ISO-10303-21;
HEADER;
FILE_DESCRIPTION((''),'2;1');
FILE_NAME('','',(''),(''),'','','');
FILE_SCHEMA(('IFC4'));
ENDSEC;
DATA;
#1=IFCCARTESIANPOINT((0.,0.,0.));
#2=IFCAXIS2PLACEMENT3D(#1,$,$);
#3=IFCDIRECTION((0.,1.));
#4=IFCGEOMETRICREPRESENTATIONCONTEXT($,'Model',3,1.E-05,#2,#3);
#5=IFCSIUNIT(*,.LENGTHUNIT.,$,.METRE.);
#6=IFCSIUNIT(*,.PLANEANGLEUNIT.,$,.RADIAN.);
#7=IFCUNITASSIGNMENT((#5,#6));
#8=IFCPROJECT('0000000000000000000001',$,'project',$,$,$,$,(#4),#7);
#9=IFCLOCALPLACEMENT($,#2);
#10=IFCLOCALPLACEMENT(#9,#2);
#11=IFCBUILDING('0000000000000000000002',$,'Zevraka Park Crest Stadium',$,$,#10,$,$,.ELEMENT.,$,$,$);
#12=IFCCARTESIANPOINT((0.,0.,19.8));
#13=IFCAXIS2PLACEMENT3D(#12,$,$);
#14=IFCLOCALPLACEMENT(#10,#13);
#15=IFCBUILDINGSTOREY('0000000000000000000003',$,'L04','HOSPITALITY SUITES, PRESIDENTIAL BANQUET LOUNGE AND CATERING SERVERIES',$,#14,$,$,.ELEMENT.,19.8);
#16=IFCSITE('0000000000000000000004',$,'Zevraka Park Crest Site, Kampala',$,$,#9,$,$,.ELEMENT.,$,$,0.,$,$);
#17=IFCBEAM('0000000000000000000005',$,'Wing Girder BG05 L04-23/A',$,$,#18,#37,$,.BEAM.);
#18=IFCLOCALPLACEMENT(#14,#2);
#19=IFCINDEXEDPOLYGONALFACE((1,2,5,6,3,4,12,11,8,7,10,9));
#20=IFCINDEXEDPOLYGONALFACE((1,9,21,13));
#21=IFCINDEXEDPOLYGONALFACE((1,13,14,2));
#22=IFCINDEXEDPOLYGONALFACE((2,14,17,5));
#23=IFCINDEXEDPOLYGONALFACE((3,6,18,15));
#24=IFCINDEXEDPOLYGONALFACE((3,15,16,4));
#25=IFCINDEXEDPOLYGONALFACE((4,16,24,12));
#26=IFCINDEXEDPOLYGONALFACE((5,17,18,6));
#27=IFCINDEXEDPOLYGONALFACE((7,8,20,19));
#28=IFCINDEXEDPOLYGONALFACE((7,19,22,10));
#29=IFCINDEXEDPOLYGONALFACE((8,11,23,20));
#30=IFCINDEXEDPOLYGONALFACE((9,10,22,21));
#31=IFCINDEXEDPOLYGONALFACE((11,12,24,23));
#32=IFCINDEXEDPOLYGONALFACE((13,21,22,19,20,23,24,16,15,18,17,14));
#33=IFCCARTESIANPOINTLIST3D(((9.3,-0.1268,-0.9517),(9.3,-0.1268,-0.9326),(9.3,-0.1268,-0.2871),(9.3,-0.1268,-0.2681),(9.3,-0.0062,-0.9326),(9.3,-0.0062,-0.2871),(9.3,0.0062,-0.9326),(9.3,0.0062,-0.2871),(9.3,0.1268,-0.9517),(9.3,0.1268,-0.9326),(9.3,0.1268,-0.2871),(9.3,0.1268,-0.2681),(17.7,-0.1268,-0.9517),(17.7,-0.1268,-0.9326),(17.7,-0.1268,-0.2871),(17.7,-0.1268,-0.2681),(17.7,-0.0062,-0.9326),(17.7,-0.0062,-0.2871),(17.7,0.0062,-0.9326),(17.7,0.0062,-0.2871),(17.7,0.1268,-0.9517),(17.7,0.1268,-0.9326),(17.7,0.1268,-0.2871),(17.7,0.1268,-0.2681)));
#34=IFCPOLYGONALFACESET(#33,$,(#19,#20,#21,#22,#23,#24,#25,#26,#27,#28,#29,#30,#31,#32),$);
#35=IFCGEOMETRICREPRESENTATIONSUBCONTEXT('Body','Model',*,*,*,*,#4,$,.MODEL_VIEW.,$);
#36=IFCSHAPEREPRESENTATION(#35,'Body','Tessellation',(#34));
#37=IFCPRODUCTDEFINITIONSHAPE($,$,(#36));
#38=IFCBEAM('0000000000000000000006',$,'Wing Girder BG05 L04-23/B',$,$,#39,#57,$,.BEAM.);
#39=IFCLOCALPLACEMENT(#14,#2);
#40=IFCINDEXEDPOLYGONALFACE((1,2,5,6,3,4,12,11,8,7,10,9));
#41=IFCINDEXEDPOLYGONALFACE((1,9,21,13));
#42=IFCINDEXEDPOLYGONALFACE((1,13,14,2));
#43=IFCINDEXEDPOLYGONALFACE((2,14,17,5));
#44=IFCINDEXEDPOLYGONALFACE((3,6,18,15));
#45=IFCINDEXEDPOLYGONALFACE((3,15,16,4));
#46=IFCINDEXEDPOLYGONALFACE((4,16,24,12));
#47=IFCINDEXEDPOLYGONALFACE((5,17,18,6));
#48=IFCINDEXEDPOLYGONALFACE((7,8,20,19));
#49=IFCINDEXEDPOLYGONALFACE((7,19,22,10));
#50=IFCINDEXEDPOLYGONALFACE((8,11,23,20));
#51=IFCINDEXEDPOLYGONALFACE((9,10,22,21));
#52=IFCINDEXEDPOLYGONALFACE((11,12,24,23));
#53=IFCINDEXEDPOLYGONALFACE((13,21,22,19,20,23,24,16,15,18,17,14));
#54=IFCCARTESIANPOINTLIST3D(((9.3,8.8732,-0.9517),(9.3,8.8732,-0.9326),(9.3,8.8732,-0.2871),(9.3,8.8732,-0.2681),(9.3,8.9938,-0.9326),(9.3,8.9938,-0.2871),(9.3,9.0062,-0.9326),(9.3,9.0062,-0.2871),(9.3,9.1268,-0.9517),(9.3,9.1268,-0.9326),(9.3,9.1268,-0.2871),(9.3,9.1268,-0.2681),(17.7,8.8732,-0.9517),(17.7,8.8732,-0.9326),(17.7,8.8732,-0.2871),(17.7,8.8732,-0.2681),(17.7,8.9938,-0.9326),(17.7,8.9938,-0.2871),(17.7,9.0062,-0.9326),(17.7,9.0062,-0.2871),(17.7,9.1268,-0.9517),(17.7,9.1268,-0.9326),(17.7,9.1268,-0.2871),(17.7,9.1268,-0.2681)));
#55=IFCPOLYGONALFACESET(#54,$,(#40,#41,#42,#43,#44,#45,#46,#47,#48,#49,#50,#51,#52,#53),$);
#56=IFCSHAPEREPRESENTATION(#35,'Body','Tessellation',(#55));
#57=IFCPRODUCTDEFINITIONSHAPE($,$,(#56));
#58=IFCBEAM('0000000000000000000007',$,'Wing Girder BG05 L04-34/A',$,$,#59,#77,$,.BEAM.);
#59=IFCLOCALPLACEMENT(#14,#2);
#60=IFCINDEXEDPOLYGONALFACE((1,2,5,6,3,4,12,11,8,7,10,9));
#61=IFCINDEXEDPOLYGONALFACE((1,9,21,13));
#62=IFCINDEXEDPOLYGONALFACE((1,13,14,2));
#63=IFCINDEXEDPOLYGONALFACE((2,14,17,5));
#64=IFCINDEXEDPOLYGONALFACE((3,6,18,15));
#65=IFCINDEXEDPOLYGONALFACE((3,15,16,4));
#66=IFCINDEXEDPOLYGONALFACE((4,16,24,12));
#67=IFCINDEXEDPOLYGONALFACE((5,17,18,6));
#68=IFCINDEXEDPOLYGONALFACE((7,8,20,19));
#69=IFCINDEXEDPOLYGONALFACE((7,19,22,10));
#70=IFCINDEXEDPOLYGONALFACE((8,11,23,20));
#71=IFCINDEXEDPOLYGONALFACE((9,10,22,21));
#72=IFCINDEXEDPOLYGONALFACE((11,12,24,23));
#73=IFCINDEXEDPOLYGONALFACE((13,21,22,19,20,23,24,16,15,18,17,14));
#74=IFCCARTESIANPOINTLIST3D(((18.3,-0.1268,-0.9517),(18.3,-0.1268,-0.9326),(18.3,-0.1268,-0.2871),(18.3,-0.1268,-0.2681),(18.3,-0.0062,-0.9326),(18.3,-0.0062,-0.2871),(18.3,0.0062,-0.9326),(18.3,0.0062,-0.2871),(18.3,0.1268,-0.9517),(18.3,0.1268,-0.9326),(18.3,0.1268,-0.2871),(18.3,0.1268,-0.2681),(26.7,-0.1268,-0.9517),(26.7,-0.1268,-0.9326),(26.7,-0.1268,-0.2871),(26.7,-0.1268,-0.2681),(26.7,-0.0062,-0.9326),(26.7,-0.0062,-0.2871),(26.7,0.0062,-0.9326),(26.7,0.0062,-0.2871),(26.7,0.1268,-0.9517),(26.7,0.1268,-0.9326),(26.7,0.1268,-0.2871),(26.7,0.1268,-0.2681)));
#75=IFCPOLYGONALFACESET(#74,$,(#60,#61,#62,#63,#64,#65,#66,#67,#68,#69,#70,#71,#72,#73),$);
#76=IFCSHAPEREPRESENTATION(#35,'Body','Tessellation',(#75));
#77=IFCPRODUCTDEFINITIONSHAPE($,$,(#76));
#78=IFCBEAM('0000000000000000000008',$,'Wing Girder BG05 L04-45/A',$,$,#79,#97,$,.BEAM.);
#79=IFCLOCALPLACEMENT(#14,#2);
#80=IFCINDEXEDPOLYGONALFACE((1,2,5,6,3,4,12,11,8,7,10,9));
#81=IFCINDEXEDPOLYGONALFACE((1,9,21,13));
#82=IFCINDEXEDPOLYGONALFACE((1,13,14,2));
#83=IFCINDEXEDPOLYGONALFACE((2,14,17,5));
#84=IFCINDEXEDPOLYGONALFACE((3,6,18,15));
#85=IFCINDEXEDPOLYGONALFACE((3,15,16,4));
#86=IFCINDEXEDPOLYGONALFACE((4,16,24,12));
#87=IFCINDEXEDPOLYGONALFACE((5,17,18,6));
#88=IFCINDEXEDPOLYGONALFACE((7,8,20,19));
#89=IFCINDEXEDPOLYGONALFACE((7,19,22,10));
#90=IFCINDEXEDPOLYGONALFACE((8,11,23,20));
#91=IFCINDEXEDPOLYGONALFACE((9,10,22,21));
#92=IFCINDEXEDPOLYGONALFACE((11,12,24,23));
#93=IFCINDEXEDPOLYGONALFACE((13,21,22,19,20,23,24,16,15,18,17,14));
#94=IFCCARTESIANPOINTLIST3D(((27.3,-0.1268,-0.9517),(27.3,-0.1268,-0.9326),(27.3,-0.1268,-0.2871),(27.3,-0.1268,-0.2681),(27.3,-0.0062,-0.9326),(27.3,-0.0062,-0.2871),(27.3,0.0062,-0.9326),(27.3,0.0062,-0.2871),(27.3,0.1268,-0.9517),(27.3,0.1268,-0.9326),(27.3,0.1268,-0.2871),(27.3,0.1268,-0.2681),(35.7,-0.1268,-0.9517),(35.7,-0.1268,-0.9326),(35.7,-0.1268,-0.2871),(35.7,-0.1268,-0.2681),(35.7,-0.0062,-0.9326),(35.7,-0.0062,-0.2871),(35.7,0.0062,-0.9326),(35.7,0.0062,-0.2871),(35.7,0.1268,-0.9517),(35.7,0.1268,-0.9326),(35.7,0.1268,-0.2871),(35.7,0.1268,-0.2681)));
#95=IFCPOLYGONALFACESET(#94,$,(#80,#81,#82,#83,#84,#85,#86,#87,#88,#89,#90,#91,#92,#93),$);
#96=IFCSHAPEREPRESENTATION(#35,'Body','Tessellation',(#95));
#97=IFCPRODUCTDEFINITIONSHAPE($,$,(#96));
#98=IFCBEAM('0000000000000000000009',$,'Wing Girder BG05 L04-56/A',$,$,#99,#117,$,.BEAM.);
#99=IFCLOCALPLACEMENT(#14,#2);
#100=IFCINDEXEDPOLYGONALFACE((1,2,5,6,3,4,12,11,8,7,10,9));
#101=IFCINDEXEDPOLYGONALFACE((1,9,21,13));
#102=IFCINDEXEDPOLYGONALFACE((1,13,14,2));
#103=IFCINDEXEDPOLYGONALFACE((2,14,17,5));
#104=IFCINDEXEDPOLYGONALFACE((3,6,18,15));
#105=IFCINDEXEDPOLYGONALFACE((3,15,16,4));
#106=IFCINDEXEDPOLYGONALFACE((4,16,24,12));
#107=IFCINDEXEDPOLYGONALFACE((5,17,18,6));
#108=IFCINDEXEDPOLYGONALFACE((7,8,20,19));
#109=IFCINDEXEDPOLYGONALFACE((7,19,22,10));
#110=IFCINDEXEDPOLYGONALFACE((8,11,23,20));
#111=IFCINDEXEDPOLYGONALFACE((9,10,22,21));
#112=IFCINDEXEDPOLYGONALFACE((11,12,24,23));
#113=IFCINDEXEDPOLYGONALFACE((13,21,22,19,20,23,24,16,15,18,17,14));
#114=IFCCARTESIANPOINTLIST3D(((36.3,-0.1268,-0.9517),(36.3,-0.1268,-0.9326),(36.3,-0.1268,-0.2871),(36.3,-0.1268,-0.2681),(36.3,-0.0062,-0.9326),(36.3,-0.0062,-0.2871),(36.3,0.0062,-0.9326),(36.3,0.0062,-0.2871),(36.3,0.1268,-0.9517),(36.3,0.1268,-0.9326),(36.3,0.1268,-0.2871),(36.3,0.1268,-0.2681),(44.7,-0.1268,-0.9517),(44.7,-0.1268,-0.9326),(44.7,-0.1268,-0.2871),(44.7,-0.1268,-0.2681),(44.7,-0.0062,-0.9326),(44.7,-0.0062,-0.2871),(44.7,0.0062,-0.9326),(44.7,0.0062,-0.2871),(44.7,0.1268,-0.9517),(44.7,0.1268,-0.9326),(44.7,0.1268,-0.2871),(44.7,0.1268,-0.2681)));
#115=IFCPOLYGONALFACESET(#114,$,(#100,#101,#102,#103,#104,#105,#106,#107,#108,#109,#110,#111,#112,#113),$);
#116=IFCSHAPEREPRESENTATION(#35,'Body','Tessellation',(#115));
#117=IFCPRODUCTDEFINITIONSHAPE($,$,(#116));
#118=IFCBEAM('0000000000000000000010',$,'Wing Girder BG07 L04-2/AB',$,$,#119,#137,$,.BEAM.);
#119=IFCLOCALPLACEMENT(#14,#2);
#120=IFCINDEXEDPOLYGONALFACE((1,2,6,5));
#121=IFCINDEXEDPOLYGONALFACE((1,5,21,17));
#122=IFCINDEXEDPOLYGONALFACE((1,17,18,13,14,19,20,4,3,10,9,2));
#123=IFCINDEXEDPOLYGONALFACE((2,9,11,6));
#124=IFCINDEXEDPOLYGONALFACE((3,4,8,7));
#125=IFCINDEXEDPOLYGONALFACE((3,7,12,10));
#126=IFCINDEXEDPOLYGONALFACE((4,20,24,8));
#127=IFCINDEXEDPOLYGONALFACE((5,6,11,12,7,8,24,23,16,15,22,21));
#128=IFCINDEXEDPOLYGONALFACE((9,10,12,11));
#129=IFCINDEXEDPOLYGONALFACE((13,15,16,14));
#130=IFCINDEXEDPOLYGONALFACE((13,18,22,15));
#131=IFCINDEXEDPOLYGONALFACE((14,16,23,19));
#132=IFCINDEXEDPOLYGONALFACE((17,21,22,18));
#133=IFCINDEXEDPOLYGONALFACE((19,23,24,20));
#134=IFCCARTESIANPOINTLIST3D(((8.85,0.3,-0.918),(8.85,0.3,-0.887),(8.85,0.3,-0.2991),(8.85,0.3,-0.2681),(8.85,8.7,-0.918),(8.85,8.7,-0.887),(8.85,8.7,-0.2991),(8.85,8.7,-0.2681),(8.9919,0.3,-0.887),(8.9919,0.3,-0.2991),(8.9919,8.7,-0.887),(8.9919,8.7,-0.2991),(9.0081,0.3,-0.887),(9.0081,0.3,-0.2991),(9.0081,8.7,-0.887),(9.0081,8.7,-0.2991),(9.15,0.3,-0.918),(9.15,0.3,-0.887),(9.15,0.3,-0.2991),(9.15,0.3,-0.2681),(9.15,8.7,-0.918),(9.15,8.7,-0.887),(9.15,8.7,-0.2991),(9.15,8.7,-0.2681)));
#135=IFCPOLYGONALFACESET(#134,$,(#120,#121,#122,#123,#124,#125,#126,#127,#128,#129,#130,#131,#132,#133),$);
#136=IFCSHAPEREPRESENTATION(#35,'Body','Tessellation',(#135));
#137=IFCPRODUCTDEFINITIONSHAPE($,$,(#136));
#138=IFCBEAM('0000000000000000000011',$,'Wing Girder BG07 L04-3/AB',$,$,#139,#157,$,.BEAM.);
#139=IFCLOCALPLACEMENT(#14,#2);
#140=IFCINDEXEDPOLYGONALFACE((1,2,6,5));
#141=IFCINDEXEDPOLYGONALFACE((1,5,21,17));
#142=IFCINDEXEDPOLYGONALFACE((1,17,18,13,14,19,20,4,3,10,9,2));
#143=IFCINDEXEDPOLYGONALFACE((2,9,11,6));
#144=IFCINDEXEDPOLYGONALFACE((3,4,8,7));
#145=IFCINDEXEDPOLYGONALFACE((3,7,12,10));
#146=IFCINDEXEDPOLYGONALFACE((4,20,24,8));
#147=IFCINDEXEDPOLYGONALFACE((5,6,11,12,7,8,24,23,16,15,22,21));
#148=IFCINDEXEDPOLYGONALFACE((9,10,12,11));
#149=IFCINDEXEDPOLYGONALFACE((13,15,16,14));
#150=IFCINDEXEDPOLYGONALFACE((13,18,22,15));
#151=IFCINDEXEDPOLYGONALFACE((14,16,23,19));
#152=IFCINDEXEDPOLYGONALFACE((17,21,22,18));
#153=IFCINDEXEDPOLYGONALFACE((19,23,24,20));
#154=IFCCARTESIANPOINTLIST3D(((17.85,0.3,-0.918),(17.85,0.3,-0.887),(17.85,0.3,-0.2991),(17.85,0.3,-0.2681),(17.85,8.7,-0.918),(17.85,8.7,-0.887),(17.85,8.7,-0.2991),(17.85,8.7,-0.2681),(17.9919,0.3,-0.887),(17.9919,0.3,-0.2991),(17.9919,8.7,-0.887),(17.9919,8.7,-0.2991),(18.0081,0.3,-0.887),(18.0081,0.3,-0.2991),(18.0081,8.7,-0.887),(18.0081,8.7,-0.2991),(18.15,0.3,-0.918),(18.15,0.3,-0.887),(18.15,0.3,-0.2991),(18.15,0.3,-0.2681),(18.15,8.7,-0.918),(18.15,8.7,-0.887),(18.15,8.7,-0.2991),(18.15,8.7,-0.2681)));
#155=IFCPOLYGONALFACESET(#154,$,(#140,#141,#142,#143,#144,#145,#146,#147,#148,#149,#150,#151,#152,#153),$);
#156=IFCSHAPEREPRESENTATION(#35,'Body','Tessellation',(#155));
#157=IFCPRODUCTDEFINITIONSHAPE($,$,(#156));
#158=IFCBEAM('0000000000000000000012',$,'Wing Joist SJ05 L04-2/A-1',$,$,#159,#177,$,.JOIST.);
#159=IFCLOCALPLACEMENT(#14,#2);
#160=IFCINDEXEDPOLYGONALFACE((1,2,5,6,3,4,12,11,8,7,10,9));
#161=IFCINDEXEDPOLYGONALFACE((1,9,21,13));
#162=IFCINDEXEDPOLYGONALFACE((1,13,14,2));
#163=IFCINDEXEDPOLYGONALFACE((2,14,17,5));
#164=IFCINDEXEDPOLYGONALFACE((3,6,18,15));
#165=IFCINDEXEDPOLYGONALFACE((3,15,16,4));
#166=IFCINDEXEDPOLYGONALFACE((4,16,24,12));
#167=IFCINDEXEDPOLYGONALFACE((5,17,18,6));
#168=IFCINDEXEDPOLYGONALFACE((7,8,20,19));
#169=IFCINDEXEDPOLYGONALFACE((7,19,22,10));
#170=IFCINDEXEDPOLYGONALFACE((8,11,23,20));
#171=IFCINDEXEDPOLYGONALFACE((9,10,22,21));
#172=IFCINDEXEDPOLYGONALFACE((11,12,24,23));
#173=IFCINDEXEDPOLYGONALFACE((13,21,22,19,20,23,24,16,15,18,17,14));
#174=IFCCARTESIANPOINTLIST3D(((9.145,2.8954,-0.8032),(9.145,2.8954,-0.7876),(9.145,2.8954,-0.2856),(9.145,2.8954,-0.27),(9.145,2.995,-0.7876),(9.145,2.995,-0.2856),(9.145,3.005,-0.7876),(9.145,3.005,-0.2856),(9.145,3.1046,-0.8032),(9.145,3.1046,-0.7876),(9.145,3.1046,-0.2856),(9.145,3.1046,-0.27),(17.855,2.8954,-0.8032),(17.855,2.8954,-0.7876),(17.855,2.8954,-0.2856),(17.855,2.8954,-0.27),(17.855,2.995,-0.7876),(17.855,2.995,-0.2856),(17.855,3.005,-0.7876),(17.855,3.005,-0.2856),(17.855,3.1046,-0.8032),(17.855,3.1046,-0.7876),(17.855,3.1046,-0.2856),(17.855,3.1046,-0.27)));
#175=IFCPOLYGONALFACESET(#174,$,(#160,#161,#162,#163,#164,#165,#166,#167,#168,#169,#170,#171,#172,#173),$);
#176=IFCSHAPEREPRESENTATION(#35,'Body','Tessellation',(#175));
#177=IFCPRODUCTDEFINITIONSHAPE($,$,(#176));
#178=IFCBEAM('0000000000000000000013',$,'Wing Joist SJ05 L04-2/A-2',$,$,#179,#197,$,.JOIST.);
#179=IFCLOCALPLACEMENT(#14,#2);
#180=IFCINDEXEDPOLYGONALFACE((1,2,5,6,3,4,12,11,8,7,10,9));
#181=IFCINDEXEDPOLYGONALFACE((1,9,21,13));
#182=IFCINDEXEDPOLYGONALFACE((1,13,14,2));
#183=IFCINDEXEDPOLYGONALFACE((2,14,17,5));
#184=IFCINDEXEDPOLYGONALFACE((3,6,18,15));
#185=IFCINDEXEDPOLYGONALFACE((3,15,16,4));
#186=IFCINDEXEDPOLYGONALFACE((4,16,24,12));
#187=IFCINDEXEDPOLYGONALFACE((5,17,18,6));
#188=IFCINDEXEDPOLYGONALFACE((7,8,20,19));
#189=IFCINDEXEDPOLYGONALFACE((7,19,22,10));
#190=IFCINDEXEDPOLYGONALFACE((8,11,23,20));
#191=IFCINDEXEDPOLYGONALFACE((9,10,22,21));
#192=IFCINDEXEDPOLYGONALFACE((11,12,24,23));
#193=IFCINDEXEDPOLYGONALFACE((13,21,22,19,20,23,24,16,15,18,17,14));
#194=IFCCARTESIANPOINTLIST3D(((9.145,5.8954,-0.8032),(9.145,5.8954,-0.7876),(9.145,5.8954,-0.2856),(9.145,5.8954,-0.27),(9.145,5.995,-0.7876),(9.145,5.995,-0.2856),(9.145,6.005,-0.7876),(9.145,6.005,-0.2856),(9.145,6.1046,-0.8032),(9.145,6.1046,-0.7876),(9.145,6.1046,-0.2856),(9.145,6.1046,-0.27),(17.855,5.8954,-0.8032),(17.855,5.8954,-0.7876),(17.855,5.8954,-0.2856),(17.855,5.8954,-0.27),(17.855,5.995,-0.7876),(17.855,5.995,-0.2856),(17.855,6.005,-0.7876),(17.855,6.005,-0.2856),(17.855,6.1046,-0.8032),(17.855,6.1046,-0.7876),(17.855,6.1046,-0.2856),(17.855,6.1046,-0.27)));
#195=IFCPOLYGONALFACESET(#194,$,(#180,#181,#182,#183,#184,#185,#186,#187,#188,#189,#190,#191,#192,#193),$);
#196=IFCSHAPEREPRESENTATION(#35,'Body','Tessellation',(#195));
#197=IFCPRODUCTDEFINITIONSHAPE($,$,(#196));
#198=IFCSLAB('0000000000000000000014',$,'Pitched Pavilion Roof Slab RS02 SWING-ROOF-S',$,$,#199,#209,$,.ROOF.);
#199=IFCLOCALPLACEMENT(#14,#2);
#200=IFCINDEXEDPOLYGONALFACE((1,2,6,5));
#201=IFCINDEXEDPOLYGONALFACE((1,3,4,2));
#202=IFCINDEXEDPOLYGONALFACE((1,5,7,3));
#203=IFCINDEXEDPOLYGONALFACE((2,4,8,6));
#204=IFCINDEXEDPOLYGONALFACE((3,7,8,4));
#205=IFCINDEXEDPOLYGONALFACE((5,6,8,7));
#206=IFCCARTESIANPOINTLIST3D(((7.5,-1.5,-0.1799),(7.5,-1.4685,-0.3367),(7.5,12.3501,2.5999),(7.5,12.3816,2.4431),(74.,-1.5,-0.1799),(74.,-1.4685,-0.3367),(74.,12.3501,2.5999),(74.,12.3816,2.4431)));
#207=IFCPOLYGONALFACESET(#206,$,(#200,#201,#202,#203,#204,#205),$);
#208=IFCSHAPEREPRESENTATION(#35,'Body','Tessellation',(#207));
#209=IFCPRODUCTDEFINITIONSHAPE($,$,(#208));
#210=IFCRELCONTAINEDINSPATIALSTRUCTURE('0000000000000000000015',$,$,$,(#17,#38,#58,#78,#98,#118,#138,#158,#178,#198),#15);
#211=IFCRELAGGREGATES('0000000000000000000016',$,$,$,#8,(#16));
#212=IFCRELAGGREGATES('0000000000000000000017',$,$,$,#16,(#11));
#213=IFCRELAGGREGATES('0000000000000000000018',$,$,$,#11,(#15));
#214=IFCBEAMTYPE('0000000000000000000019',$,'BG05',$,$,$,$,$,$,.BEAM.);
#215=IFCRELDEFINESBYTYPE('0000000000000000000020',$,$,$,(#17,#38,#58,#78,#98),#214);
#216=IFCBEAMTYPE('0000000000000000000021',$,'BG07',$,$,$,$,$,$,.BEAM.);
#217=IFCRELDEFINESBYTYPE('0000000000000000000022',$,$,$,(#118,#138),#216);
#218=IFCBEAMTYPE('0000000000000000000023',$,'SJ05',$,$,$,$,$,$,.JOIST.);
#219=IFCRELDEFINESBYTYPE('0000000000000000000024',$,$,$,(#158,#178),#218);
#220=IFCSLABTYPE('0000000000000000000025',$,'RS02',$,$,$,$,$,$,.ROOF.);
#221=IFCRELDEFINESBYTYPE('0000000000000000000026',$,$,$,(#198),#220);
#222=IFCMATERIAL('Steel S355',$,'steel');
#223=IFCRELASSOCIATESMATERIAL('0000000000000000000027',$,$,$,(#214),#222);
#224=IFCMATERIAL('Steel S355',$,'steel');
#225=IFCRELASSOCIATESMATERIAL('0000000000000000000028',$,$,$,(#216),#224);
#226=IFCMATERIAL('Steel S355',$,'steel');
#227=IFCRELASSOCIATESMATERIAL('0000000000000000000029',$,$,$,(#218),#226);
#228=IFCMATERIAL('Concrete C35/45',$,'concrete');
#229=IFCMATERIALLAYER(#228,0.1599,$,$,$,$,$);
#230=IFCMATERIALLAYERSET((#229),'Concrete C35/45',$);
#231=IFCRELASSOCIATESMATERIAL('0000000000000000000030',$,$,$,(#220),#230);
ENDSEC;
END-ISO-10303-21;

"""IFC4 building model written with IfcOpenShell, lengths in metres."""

from ifc_helpers import new_model, si_unit, direction, frame, origin, origin_2d, place, context, subcontext, project, spatial, polyline, i_section, outline, extrude, material, layer, layer_set, material_profile, profile_set, type_object, element, save


model = new_model("IFC4")

# Units and contexts
model_context = context("Model", 3, precision=1e-05, world=origin(), true_north=direction((0.0, 1.0)))
body_context = subcontext(model_context, "Body", "Model", "MODEL_VIEW")
ifc_project = project(units=[si_unit("LENGTHUNIT", "METRE"), si_unit("PLANEANGLEUNIT", "RADIAN")], contexts=[model_context])

# Site, building, storey
site_placement = place(None, origin())
site = spatial("IfcSite", under=ifc_project, at=site_placement, Name="Zevraka Park Crest Site, Kampala", CompositionType="ELEMENT", RefElevation=0.0)
building_placement = place(site_placement, origin())
building = spatial("IfcBuilding", under=site, at=building_placement, Name="Zevraka Park Crest Stadium", CompositionType="ELEMENT")
storey_placement = place(building_placement, frame((0.0, 0.0, 19.8)))
storey = spatial("IfcBuildingStorey", under=building, at=storey_placement, Name="L04", Description="HOSPITALITY SUITES, PRESIDENTIAL BANQUET LOUNGE AND CATERING SERVERIES", CompositionType="ELEMENT", Elevation=19.8)

# Beams
ifc_material_1 = material(Name="Steel S355", Category="steel")
ifc_material_profile_1 = material_profile(ifc_material_1, i_section(OverallWidth=0.2537, OverallDepth=0.6836, WebThickness=0.0125, FlangeThickness=0.019, at=origin_2d()), Name="UKB 686x254x140")
ifc_profile_set_1 = profile_set([ifc_material_profile_1], Name="Steel S355")
beam_type_1 = type_object("IfcBeamType", Name="BG05", PredefinedType="BEAM", material=ifc_profile_set_1)
for number, where, z_axis, x_axis, name in (
    (1, (9.3, 0.0, -0.6099), (1.0, 0.0, 0.0), (0.0, 1.0, 0.0), "Wing Girder BG05 L04-23/A"),
    (2, (9.3, 9.0, -0.6099), (1.0, 0.0, 0.0), (0.0, 1.0, 0.0), "Wing Girder BG05 L04-23/B"),
    (3, (18.3, 0.0, -0.6099), (1.0, 0.0, 0.0), (0.0, 1.0, 0.0), "Wing Girder BG05 L04-34/A"),
    (4, (27.3, 0.0, -0.6099), (1.0, 0.0, 0.0), (0.0, 1.0, 0.0), "Wing Girder BG05 L04-45/A"),
    (5, (36.3, 0.0, -0.6099), (1.0, 0.0, 0.0), (0.0, 1.0, 0.0), "Wing Girder BG05 L04-56/A"),
):
    element("IfcBeam", number, at=place(storey_placement, frame(where, z_axis=z_axis, x_axis=x_axis)), inside=storey, type_object=beam_type_1, Name=name, PredefinedType="BEAM", context=body_context, shape_type="SweptSolid", body=[
        extrude(i_section(OverallWidth=0.2537, OverallDepth=0.6836, WebThickness=0.0125, FlangeThickness=0.019, at=origin_2d()), origin(), (0.0, 0.0, 1.0), 8.3999),
    ])
ifc_material_2 = material(Name="Steel S355", Category="steel")
ifc_material_profile_2 = material_profile(ifc_material_2, i_section(OverallWidth=0.3, OverallDepth=0.6499, WebThickness=0.0161, FlangeThickness=0.031, at=origin_2d()), Name="HEB 650")
ifc_profile_set_2 = profile_set([ifc_material_profile_2], Name="Steel S355")
beam_type_2 = type_object("IfcBeamType", Name="BG07", PredefinedType="BEAM", material=ifc_profile_set_2)
for number, where, z_axis, x_axis, name in (
    (6, (9.0, 0.3, -0.593), (0.0, 1.0, 0.0), (-1.0, 0.0, 0.0), "Wing Girder BG07 L04-2/AB"),
    (7, (18.0, 0.3, -0.593), (0.0, 1.0, 0.0), (-1.0, 0.0, 0.0), "Wing Girder BG07 L04-3/AB"),
):
    element("IfcBeam", number, at=place(storey_placement, frame(where, z_axis=z_axis, x_axis=x_axis)), inside=storey, type_object=beam_type_2, Name=name, PredefinedType="BEAM", context=body_context, shape_type="SweptSolid", body=[
        extrude(i_section(OverallWidth=0.3, OverallDepth=0.6499, WebThickness=0.0161, FlangeThickness=0.031, at=origin_2d()), origin(), (0.0, 0.0, 1.0), 8.3999),
    ])
ifc_material_3 = material(Name="Steel S355", Category="steel")
ifc_material_profile_3 = material_profile(ifc_material_3, i_section(OverallWidth=0.2092, OverallDepth=0.5332, WebThickness=0.01, FlangeThickness=0.0156, at=origin_2d()), Name="UKB 533x210x92")
ifc_profile_set_3 = profile_set([ifc_material_profile_3], Name="Steel S355")
beam_type_3 = type_object("IfcBeamType", Name="SJ05", PredefinedType="JOIST", material=ifc_profile_set_3)
for number, where, z_axis, x_axis, name in (
    (8, (9.145, 3.0, -0.5366), (1.0, 0.0, 0.0), (0.0, 1.0, 0.0), "Wing Joist SJ05 L04-2/A-1"),
    (9, (9.145, 6.0, -0.5366), (1.0, 0.0, 0.0), (0.0, 1.0, 0.0), "Wing Joist SJ05 L04-2/A-2"),
):
    element("IfcBeam", number, at=place(storey_placement, frame(where, z_axis=z_axis, x_axis=x_axis)), inside=storey, type_object=beam_type_3, Name=name, PredefinedType="JOIST", context=body_context, shape_type="SweptSolid", body=[
        extrude(i_section(OverallWidth=0.2092, OverallDepth=0.5332, WebThickness=0.01, FlangeThickness=0.0156, at=origin_2d()), origin(), (0.0, 0.0, 1.0), 8.71),
    ])

# Slab
ifc_material_4 = material(Name="Concrete C35/45", Category="concrete")
ifc_layer_1 = layer(ifc_material_4, 0.1599)
ifc_layer_set_1 = layer_set([ifc_layer_1], Name="Concrete C35/45")
slab_type = type_object("IfcSlabType", Name="RS02", PredefinedType="ROOF", material=ifc_layer_set_1)
slab_placement = place(storey_placement, frame((7.5, -1.5, -0.1799), z_axis=(0.0, -0.196781, 0.980448), x_axis=(1.0, 0.0, 0.0)))
element("IfcSlab", 10, at=slab_placement, inside=storey, type_object=slab_type, Name="Pitched Pavilion Roof Slab RS02 SWING-ROOF-S", PredefinedType="ROOF", context=body_context, shape_type="SweptSolid", body=[
    extrude(outline(polyline([(0.0, 0.0), (66.5, 0.0), (66.5, 14.1263), (0.0, 14.1263), (0.0, 0.0)])), origin(), (0.0, 0.0, -1.0), 0.1599),
])

save(model, "model.ifc")
